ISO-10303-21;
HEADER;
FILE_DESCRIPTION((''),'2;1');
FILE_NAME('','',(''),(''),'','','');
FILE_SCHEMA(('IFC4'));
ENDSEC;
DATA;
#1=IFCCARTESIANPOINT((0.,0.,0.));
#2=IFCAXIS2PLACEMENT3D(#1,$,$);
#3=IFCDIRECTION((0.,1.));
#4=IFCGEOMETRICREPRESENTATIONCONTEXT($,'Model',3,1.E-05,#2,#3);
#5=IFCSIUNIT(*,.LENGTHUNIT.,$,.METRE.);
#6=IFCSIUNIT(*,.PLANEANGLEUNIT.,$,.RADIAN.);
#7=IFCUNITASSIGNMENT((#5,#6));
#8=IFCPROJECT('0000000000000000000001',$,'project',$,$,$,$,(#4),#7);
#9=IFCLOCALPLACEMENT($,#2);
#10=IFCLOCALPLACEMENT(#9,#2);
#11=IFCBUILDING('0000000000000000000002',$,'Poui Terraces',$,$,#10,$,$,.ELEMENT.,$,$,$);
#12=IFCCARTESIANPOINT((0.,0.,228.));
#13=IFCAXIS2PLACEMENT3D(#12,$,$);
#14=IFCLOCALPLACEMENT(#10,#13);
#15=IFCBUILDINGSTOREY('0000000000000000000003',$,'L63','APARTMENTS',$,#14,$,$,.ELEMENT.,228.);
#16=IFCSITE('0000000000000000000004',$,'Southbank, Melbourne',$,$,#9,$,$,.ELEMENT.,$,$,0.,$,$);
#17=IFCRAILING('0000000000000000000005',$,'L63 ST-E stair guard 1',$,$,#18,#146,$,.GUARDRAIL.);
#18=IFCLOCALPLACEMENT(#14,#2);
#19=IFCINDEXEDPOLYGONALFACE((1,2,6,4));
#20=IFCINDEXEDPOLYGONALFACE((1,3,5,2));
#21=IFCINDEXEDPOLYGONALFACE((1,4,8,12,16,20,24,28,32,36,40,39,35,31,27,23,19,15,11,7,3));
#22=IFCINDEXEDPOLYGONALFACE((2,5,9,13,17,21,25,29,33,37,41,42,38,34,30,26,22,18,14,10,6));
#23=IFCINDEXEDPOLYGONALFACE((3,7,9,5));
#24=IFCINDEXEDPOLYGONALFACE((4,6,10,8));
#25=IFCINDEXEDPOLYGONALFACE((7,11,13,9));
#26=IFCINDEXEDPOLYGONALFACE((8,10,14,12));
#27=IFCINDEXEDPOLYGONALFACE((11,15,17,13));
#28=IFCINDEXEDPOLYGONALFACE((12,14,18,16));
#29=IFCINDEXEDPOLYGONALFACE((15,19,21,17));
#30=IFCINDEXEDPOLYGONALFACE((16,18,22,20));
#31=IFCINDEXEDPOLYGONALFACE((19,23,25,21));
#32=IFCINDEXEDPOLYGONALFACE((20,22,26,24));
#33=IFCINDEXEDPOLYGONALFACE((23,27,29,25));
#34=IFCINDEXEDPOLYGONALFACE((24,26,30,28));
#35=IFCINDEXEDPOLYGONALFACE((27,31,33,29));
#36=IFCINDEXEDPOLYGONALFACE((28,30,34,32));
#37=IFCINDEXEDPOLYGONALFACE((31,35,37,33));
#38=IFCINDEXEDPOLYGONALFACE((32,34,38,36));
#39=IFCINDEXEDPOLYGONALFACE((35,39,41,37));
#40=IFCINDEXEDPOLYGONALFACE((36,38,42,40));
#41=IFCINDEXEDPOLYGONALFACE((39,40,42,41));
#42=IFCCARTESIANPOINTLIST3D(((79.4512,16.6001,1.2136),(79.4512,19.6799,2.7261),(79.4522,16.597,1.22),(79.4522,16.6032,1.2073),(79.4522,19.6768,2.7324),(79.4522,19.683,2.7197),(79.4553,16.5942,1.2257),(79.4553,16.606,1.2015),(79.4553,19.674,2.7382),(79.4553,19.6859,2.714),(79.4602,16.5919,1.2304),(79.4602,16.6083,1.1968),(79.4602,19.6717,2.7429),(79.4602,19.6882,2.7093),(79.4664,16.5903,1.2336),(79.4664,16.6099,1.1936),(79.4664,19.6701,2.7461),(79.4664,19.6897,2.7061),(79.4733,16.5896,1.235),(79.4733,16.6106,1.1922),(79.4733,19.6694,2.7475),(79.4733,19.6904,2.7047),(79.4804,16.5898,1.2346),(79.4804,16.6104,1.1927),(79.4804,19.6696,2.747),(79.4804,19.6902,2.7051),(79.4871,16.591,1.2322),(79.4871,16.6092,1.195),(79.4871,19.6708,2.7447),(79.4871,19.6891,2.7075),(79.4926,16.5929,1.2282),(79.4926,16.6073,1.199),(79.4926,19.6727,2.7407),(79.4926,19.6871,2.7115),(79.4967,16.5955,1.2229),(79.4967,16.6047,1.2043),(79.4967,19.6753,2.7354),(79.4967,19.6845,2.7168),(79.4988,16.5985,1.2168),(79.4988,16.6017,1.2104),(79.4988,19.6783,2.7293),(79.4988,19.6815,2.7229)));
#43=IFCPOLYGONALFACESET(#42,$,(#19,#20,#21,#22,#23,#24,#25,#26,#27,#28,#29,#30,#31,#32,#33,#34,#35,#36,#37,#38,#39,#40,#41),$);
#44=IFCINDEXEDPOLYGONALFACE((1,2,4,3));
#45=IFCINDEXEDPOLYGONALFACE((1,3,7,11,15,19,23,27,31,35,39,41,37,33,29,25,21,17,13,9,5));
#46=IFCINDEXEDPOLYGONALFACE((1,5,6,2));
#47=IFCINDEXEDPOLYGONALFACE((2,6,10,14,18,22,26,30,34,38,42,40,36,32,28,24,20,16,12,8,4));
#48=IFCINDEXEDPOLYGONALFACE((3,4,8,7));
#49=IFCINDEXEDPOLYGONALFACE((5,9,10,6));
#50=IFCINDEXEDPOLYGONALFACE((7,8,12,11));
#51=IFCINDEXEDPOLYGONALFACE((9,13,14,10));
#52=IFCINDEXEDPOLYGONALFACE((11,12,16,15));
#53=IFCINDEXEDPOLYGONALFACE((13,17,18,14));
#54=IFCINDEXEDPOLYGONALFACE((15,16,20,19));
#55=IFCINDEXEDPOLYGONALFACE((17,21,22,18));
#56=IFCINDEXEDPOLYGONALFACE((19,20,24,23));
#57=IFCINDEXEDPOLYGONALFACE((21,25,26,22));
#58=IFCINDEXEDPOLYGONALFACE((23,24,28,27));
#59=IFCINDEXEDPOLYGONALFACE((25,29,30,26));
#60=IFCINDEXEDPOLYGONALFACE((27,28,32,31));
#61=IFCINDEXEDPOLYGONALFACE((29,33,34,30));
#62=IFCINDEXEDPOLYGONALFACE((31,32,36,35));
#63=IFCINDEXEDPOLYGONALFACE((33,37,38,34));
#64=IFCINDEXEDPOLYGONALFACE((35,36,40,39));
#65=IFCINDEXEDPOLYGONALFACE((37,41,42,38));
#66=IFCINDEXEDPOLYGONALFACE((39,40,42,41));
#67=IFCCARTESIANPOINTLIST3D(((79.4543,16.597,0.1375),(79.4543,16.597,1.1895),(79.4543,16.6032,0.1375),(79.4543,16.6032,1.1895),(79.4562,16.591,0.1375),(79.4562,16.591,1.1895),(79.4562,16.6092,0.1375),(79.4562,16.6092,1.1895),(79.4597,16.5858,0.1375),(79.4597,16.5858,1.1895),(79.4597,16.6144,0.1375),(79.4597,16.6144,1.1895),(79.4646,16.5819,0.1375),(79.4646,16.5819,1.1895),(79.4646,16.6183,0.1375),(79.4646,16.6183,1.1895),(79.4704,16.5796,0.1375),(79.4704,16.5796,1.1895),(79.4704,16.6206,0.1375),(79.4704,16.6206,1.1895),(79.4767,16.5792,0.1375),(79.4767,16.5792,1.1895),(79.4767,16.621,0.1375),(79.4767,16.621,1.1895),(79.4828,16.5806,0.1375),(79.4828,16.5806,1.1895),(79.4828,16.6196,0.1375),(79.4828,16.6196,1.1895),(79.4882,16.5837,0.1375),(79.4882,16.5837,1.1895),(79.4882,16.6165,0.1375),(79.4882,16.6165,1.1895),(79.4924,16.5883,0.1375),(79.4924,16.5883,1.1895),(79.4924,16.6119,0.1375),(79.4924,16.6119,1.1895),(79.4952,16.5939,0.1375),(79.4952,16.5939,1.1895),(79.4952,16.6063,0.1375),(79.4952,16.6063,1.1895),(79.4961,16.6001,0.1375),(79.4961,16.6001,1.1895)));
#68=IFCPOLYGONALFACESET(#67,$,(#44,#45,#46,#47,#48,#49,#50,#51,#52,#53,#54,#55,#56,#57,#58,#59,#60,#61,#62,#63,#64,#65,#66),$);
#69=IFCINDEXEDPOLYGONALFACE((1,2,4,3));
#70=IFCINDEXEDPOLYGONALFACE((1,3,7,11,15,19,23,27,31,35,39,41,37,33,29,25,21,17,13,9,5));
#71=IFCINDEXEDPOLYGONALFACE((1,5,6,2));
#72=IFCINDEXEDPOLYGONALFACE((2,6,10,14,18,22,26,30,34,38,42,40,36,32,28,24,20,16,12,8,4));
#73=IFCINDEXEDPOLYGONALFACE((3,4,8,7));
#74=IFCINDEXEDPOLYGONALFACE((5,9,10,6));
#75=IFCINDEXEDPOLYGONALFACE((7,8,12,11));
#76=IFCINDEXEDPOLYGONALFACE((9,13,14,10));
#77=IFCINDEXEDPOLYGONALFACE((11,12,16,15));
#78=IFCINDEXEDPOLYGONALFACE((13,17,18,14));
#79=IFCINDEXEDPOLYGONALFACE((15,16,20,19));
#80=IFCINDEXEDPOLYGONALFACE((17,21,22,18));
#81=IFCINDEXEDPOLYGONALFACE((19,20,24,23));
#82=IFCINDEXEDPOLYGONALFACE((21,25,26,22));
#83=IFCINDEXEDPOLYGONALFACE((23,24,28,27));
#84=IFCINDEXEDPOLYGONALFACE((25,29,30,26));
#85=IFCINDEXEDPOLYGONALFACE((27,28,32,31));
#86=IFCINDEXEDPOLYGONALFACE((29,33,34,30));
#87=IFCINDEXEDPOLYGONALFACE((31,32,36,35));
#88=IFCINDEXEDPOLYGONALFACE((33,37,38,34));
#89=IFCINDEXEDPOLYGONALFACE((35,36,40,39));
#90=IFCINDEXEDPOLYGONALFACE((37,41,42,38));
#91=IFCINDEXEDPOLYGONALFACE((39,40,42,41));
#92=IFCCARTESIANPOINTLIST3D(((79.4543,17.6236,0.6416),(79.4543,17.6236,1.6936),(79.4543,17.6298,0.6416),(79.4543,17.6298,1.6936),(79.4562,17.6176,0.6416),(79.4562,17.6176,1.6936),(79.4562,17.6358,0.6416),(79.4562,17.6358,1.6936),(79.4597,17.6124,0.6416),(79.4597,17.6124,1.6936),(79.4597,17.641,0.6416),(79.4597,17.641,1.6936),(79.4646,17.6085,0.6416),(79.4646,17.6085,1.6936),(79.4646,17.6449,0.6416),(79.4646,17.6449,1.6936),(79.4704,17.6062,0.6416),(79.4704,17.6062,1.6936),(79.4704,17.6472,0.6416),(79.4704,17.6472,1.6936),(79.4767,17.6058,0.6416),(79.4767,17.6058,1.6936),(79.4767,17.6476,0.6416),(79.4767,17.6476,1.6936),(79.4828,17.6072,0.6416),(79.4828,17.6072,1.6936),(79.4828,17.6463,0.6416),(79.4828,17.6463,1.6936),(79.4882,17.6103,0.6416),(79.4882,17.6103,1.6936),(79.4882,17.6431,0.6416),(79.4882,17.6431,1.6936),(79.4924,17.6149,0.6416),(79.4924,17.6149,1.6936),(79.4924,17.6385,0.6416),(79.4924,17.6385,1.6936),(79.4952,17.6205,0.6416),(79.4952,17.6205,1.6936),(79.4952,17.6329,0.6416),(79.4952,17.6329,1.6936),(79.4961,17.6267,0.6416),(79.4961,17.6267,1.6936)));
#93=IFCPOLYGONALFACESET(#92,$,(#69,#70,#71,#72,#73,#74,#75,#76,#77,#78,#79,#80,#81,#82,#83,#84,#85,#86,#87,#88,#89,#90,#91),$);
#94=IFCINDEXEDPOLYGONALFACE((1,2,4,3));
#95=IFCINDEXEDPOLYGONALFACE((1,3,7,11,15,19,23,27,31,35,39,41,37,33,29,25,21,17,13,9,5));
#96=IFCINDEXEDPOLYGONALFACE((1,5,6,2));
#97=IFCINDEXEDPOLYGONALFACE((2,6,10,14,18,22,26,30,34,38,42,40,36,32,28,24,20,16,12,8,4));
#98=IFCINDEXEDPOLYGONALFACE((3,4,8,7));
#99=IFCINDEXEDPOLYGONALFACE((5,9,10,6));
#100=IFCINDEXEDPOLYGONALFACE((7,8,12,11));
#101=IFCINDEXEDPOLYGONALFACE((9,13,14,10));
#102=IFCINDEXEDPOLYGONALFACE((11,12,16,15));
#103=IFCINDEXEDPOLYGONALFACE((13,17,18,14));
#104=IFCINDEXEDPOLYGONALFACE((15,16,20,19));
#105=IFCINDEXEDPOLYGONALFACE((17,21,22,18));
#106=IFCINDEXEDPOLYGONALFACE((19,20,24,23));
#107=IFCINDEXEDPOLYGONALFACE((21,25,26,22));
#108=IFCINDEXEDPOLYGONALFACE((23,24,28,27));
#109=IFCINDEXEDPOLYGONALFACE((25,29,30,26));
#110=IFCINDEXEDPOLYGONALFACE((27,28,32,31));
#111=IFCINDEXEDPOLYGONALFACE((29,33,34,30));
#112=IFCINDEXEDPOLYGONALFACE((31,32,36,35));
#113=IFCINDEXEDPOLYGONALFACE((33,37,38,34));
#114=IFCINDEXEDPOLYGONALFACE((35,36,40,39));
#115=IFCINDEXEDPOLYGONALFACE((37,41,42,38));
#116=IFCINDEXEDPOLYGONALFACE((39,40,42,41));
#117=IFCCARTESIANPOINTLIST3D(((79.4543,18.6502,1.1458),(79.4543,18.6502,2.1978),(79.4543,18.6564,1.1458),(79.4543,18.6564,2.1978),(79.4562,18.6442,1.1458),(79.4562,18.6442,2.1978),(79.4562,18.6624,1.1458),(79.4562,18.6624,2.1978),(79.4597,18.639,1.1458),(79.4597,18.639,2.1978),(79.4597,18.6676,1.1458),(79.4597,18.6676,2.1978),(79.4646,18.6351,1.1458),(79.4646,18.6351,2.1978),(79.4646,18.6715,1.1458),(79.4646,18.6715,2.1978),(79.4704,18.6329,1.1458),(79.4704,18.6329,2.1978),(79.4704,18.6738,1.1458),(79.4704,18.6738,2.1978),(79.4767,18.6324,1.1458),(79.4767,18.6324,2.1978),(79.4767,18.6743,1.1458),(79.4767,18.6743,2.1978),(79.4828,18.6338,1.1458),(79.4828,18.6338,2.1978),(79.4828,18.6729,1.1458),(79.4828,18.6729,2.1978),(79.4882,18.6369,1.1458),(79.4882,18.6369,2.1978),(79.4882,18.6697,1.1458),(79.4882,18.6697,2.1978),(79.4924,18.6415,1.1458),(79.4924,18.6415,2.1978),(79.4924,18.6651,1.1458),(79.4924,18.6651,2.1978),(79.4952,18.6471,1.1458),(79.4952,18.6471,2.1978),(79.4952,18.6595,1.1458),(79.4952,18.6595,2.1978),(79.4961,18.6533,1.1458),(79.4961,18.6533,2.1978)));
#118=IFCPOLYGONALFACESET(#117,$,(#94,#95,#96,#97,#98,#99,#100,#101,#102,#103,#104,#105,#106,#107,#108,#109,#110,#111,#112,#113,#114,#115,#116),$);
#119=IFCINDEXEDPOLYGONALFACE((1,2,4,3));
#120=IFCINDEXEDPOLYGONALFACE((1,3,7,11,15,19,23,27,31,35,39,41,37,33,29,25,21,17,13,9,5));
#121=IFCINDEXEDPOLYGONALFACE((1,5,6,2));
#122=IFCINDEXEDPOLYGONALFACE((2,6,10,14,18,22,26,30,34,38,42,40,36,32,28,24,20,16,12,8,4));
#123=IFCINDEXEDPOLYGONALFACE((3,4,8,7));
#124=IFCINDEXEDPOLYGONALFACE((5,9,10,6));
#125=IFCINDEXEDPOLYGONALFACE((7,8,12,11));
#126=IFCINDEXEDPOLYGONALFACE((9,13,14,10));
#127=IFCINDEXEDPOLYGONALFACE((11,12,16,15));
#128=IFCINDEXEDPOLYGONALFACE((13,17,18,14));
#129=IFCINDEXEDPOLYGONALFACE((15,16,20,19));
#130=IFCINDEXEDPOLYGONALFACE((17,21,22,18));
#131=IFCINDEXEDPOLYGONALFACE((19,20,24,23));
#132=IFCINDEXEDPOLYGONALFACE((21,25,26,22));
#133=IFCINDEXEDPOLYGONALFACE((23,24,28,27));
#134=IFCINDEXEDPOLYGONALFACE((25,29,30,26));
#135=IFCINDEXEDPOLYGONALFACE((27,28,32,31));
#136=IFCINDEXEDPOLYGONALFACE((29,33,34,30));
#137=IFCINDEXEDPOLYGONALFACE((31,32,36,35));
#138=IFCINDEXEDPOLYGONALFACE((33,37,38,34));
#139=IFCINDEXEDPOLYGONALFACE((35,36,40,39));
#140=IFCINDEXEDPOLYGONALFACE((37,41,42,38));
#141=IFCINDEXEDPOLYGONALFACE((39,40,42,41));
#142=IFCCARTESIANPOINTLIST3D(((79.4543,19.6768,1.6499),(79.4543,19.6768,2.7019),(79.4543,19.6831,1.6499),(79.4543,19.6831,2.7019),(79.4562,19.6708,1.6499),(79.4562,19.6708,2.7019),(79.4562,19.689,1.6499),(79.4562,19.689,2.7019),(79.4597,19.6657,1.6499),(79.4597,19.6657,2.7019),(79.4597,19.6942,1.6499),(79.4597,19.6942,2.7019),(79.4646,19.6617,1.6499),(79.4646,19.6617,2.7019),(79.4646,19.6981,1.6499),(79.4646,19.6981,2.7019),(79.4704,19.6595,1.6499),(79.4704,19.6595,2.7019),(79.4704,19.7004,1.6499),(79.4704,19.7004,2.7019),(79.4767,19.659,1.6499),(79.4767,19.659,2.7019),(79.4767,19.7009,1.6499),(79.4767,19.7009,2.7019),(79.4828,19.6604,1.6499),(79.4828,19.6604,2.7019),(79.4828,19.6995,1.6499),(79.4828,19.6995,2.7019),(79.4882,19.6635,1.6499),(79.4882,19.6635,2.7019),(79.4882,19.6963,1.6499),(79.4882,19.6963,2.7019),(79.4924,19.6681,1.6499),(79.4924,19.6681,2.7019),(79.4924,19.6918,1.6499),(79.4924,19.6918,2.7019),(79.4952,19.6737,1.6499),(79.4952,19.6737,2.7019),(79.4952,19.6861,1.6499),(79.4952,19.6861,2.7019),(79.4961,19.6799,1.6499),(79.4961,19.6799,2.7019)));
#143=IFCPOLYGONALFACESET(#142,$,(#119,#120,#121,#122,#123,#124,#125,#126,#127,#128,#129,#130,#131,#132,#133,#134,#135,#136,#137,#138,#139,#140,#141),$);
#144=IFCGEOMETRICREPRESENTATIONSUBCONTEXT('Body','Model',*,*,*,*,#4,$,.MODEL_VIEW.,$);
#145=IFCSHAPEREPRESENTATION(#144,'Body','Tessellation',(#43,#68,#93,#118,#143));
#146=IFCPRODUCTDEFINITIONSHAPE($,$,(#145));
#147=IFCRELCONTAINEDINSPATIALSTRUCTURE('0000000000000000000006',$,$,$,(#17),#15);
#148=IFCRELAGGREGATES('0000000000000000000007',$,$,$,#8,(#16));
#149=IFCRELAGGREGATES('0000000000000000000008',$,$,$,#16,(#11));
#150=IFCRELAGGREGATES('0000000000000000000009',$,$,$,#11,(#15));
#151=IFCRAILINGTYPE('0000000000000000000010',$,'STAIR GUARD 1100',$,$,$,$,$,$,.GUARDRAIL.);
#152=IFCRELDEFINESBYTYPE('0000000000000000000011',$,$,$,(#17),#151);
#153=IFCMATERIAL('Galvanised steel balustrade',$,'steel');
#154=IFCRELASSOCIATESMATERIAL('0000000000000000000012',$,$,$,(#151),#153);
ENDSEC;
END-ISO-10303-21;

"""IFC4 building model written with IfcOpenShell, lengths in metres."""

from ifc_helpers import new_model, si_unit, direction, frame, origin, origin_2d, place, context, subcontext, project, spatial, circle, extrude, material, type_object, element, save


model = new_model("IFC4")

# Units and contexts
model_context = context("Model", 3, precision=1e-05, world=origin(), true_north=direction((0.0, 1.0)))
body_context = subcontext(model_context, "Body", "Model", "MODEL_VIEW")
ifc_project = project(units=[si_unit("LENGTHUNIT", "METRE"), si_unit("PLANEANGLEUNIT", "RADIAN")], contexts=[model_context])

# Site, building, storey
site_placement = place(None, origin())
site = spatial("IfcSite", under=ifc_project, at=site_placement, Name="Southbank, Melbourne", CompositionType="ELEMENT", RefElevation=0.0)
building_placement = place(site_placement, origin())
building = spatial("IfcBuilding", under=site, at=building_placement, Name="Poui Terraces", CompositionType="ELEMENT")
storey_placement = place(building_placement, frame((0.0, 0.0, 228.0)))
storey = spatial("IfcBuildingStorey", under=building, at=storey_placement, Name="L63", Description="APARTMENTS", CompositionType="ELEMENT", Elevation=228.0)

# Railing
ifc_material_1 = material(Name="Galvanised steel balustrade", Category="steel")
railing_type_1 = type_object("IfcRailingType", Name="STAIR GUARD 1100", PredefinedType="GUARDRAIL", material=ifc_material_1)
railing_1_placement = place(storey_placement, frame((79.4751, 16.6001, 0.1375)))
element("IfcRailing", 1, at=railing_1_placement, inside=storey, type_object=railing_type_1, Name="L63 ST-E stair guard 1", PredefinedType="GUARDRAIL", context=body_context, shape_type="SweptSolid", body=[
    extrude(circle(Radius=0.0239, at=origin_2d()), frame((0.0, 0.0, 1.0762), z_axis=(0.0, 0.897606, 0.440798), x_axis=(-1.0, 0.0, 0.0)), (0.0, 0.0, 1.0), 3.4312),
    extrude(circle(Radius=0.021, at=origin_2d()), origin(), (0.0, 0.0, 1.0), 1.052),
    extrude(circle(Radius=0.021, at=origin_2d()), frame((0.0, 1.0266, 0.5042)), (0.0, 0.0, 1.0), 1.052),
    extrude(circle(Radius=0.021, at=origin_2d()), frame((0.0, 2.0532, 1.0083)), (0.0, 0.0, 1.0), 1.052),
    extrude(circle(Radius=0.021, at=origin_2d()), frame((0.0, 3.0798, 1.5125)), (0.0, 0.0, 1.0), 1.052),
])

save(model, "model.ifc")
